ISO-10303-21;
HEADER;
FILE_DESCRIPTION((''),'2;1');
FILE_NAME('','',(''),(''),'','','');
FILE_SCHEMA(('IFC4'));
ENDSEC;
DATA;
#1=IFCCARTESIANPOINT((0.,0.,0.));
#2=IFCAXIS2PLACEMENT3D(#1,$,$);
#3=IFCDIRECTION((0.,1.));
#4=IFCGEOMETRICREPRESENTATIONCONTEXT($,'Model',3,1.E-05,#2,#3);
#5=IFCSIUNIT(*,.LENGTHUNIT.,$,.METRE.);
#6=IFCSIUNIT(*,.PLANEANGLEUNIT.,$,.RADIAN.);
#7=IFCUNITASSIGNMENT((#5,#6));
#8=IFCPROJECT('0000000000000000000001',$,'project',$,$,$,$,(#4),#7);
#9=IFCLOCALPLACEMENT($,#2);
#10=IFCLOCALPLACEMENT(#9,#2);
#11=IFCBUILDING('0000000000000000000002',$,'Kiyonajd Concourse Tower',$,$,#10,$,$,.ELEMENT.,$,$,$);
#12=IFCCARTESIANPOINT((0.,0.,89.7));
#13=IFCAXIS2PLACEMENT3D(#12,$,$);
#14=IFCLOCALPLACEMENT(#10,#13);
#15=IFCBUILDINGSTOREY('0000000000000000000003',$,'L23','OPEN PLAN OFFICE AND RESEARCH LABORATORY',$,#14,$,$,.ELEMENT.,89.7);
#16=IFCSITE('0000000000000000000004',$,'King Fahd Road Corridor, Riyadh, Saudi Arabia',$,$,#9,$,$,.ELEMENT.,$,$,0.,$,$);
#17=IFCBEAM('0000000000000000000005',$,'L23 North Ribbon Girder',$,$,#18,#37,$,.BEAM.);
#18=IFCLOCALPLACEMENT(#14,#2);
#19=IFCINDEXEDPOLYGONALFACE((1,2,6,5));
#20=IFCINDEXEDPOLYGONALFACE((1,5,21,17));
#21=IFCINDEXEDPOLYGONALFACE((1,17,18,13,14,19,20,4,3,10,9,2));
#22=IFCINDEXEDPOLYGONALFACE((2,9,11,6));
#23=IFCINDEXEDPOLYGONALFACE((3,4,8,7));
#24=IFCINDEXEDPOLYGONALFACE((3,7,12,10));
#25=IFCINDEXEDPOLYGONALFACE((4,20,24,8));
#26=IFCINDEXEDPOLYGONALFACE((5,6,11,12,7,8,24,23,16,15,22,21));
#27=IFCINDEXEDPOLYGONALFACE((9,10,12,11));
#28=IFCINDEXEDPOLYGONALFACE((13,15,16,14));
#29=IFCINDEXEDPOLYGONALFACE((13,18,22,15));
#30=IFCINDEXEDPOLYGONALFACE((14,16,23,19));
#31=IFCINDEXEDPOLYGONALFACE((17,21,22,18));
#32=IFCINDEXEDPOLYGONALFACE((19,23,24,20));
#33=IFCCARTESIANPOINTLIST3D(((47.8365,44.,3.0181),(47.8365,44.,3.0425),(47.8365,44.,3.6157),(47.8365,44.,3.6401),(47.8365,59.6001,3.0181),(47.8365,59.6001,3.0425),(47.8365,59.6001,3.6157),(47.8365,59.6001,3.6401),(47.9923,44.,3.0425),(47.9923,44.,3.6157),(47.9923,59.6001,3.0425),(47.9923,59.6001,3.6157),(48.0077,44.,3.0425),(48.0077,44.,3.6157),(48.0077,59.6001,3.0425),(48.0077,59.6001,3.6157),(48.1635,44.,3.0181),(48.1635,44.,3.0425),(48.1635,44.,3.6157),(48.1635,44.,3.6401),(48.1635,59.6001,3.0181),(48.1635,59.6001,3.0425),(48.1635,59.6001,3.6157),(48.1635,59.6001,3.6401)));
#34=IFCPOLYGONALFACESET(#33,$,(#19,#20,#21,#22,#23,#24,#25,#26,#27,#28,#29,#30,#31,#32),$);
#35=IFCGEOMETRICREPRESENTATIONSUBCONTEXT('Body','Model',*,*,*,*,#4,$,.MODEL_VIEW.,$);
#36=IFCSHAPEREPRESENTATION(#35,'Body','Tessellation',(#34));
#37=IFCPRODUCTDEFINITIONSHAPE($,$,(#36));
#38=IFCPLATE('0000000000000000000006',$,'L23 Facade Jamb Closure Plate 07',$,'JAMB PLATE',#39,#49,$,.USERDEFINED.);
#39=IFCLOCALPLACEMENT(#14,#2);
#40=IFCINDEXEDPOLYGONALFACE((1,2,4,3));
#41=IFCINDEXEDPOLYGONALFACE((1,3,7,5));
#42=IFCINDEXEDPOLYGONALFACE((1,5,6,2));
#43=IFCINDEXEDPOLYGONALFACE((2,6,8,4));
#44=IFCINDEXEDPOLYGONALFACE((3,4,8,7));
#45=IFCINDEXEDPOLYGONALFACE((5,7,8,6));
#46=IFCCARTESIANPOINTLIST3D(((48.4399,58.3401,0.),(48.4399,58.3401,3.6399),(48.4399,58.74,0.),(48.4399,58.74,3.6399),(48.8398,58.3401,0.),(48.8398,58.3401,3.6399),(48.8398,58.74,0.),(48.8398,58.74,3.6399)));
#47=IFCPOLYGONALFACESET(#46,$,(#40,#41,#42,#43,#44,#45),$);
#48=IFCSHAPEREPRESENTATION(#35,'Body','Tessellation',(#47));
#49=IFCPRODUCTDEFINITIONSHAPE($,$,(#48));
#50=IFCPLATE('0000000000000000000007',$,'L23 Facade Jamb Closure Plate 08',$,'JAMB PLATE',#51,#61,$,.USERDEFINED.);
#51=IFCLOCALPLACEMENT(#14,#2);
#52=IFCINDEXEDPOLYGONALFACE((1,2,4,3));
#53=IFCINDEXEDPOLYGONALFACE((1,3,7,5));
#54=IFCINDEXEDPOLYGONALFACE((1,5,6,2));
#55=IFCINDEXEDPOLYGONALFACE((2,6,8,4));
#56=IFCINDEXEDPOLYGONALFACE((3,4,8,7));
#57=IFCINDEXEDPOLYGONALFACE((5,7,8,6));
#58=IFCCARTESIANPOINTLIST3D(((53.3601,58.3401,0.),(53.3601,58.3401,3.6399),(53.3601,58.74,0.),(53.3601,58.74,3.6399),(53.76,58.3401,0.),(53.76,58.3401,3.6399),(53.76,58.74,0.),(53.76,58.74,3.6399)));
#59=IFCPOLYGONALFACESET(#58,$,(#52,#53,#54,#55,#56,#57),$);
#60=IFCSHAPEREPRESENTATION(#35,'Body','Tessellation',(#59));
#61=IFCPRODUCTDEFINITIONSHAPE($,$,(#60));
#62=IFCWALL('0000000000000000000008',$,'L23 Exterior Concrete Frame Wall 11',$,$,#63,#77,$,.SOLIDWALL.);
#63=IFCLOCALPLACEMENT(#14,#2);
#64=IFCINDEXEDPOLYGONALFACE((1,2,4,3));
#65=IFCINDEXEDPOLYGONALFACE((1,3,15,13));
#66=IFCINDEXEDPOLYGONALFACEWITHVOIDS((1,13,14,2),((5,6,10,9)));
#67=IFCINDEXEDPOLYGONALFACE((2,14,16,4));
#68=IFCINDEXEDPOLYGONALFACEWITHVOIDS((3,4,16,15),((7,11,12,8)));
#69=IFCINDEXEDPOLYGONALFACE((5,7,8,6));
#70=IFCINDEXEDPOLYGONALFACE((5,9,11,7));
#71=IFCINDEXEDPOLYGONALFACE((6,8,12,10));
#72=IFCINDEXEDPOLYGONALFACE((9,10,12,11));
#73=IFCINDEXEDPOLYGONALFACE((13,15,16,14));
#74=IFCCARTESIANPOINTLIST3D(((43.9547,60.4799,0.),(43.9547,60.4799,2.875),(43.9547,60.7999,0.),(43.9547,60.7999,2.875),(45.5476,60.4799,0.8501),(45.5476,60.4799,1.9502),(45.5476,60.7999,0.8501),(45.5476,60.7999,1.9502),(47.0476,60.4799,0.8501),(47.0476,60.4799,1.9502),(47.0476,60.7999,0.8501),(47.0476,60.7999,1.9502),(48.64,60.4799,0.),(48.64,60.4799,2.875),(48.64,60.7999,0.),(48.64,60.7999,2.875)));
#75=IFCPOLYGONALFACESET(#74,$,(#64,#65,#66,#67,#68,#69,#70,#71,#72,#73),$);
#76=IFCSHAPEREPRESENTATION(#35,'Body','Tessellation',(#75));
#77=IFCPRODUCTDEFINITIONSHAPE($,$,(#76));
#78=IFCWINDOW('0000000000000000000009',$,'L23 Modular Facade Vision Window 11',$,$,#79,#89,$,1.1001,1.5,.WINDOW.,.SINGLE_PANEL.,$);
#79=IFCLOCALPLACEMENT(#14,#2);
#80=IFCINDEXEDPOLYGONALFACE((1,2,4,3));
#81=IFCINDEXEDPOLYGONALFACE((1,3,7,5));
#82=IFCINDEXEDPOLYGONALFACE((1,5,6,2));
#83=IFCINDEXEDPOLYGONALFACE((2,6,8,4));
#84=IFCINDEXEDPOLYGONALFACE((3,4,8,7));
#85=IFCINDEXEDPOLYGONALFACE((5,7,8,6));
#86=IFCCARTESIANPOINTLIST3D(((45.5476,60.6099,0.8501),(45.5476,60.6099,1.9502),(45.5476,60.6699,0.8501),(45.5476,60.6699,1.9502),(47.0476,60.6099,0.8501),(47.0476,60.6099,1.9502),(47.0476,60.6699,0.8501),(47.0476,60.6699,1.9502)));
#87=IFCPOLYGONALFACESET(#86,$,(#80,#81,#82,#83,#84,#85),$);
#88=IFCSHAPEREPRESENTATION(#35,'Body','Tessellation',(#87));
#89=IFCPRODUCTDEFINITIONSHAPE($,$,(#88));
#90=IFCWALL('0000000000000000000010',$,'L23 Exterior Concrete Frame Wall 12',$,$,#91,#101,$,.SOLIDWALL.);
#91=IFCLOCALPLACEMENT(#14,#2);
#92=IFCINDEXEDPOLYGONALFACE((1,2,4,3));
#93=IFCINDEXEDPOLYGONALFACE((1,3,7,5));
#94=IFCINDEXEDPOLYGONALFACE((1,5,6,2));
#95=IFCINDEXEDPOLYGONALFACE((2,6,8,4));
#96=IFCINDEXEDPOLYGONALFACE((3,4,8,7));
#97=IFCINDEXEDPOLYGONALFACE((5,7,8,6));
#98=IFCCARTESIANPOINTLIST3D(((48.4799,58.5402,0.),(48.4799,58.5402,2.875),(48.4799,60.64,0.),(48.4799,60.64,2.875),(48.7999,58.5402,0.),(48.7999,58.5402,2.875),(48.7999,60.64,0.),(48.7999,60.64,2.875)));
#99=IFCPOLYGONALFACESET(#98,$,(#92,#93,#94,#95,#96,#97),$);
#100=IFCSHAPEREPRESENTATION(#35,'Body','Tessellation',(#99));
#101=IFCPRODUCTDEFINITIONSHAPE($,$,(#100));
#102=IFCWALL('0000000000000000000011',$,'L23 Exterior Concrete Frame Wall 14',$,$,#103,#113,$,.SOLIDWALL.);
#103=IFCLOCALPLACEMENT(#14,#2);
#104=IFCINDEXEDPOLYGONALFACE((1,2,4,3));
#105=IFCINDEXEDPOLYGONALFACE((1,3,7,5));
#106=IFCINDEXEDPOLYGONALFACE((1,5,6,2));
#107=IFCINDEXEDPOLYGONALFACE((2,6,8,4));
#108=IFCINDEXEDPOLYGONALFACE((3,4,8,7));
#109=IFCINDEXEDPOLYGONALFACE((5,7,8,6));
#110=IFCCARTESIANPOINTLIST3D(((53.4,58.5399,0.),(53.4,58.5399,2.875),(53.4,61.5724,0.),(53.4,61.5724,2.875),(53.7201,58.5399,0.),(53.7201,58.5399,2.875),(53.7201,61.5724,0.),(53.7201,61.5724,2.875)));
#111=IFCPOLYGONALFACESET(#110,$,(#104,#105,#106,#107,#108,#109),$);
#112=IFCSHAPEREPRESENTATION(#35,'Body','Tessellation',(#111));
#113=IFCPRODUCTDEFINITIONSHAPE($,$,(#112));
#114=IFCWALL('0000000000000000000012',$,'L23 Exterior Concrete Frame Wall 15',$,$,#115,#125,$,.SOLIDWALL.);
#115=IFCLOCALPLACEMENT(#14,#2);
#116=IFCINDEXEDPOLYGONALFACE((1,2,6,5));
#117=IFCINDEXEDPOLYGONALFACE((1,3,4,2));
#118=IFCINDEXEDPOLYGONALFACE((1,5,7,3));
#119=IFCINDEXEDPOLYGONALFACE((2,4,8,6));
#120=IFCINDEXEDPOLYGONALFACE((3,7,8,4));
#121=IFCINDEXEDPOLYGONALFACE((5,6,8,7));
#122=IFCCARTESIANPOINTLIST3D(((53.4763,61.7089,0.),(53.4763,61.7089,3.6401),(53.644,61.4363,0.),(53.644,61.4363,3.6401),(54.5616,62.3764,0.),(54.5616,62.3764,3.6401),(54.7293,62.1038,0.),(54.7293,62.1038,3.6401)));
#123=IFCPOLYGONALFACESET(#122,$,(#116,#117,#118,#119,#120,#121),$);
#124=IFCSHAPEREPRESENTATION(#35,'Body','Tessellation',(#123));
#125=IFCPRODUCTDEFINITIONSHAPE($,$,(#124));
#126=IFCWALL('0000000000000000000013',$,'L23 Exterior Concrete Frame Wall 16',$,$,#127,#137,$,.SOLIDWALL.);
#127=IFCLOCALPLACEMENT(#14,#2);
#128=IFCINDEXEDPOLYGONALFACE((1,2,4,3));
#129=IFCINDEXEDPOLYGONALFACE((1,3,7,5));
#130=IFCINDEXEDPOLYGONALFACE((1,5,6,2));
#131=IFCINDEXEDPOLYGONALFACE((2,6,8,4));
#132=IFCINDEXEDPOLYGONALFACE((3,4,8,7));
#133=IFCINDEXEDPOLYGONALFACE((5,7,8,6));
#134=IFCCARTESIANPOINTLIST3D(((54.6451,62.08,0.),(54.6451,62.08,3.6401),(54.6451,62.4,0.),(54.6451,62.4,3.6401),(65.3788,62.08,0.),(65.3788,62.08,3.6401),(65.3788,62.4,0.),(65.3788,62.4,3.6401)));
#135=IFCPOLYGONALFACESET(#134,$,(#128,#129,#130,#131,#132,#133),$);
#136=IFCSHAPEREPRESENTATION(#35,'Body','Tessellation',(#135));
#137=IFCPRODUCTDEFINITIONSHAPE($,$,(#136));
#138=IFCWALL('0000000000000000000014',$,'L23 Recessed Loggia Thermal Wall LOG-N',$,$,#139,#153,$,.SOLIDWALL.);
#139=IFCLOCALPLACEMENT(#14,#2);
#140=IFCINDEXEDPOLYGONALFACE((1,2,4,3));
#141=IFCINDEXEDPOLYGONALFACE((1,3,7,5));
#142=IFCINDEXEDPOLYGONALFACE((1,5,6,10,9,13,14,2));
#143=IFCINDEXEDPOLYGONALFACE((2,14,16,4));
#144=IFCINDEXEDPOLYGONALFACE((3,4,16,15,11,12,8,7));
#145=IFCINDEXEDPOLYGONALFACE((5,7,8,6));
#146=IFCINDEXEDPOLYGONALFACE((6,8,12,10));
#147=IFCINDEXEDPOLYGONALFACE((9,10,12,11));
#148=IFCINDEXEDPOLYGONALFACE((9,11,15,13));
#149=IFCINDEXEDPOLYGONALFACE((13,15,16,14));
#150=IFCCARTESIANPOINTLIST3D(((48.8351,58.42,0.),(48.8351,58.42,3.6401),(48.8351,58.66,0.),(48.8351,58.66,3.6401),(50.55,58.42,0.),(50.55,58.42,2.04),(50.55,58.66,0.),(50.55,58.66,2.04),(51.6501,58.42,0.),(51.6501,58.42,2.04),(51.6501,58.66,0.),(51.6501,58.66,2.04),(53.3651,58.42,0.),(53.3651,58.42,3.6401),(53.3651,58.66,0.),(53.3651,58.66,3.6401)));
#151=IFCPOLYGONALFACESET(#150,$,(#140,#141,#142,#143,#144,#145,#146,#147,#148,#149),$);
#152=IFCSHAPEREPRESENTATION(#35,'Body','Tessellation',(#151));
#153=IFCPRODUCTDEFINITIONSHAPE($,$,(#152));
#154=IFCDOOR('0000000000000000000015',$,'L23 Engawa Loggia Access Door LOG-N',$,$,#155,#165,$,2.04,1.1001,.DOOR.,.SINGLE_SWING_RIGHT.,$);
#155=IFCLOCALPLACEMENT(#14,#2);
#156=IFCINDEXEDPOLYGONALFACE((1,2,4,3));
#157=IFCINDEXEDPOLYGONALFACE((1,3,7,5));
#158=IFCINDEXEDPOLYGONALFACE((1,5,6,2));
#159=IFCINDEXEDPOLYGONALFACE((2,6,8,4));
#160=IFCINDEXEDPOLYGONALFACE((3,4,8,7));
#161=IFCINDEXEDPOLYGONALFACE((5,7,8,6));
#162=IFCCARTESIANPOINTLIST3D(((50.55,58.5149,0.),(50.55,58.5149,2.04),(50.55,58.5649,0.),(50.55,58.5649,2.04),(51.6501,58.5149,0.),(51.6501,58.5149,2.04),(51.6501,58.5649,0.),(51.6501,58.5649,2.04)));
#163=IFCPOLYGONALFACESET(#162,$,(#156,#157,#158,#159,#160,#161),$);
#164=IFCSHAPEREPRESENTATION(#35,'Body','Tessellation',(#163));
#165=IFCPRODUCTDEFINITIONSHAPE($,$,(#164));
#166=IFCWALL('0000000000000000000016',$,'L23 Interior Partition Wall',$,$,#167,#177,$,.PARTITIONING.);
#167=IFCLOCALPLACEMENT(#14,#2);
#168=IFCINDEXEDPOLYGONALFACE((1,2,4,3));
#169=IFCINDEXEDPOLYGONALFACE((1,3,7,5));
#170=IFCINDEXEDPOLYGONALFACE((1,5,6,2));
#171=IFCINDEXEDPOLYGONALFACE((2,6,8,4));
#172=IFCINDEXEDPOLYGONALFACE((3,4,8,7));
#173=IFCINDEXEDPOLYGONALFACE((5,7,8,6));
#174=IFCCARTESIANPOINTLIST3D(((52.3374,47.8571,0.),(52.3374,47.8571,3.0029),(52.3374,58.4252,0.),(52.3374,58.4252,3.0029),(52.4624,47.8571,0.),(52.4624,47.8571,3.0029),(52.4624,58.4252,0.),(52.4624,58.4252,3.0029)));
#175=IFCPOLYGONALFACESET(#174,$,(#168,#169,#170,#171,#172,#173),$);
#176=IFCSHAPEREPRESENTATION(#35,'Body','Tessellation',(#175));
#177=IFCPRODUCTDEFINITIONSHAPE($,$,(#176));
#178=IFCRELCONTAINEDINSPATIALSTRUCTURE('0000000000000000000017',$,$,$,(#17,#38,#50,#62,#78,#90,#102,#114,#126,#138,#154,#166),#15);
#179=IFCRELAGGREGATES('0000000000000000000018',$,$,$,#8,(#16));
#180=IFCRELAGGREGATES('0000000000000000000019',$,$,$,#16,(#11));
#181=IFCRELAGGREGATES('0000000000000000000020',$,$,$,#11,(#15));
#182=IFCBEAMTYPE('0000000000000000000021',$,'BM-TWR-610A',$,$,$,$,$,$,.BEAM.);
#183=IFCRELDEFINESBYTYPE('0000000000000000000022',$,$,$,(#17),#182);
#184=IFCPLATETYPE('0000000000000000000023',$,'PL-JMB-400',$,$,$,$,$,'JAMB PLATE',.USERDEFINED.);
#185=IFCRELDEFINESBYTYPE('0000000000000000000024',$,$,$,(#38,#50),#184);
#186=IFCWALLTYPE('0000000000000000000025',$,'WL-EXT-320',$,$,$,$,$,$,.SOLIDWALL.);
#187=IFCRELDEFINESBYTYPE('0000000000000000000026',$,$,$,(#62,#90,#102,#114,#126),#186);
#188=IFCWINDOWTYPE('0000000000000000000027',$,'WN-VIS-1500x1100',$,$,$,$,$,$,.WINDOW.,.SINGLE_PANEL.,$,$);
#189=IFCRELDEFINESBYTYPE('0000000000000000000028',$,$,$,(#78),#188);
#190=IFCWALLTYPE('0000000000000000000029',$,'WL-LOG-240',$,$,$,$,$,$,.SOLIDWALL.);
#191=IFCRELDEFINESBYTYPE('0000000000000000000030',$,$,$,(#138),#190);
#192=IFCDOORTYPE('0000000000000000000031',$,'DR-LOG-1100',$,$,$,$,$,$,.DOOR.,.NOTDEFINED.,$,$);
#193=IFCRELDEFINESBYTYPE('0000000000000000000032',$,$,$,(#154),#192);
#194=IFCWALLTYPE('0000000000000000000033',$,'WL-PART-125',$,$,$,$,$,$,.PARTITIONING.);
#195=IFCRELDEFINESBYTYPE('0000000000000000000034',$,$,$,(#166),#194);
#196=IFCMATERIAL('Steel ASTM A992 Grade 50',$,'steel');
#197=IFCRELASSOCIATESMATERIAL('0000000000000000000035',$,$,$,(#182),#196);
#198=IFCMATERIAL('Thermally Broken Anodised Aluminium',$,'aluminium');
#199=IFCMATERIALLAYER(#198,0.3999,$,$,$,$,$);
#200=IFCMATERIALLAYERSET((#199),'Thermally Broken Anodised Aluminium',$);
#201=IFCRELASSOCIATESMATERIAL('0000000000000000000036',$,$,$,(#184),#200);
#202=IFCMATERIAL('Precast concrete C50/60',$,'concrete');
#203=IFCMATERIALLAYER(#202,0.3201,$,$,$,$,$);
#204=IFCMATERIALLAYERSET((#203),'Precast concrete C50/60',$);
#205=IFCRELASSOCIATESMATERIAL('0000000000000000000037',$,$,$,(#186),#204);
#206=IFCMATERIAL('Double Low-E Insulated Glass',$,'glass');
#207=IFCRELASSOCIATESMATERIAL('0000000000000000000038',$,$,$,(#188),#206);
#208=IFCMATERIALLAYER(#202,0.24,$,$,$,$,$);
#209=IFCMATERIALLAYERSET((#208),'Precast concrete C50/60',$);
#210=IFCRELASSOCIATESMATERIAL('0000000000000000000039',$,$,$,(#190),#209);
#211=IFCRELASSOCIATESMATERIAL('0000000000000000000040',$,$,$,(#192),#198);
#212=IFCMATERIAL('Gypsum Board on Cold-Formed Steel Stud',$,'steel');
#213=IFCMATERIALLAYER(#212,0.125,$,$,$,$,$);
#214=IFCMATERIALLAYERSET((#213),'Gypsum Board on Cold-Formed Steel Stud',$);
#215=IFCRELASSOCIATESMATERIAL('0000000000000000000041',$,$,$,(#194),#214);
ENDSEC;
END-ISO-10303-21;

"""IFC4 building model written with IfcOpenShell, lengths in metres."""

from ifc_helpers import new_model, si_unit, direction, frame, frame_2d, origin, origin_2d, place, context, subcontext, project, spatial, rectangle, i_section, extrude, material, layer, layer_set, material_profile, profile_set, type_object, element, fill, save


model = new_model("IFC4")

# Units and contexts
model_context = context("Model", 3, precision=1e-05, world=origin(), true_north=direction((0.0, 1.0)))
body_context = subcontext(model_context, "Body", "Model", "MODEL_VIEW")
ifc_project = project(units=[si_unit("LENGTHUNIT", "METRE"), si_unit("PLANEANGLEUNIT", "RADIAN")], contexts=[model_context])

# Site, building, storey
site_placement = place(None, origin())
site = spatial("IfcSite", under=ifc_project, at=site_placement, Name="King Fahd Road Corridor, Riyadh, Saudi Arabia", CompositionType="ELEMENT", RefElevation=0.0)
building_placement = place(site_placement, origin())
building = spatial("IfcBuilding", under=site, at=building_placement, Name="Kiyonajd Concourse Tower", CompositionType="ELEMENT")
storey_placement = place(building_placement, frame((0.0, 0.0, 89.7)))
storey = spatial("IfcBuildingStorey", under=building, at=storey_placement, Name="L23", Description="OPEN PLAN OFFICE AND RESEARCH LABORATORY", CompositionType="ELEMENT", Elevation=89.7)

# Beam
ifc_material_1 = material(Name="Steel ASTM A992 Grade 50", Category="steel")
ifc_material_2 = material(Name="Precast concrete C50/60", Category="concrete")
ifc_material_profile_1 = material_profile(ifc_material_1, i_section(OverallWidth=0.3269, OverallDepth=0.6221, WebThickness=0.0154, FlangeThickness=0.0244, at=origin_2d()), Name="W610X195")
ifc_profile_set_1 = profile_set([ifc_material_profile_1], Name="Steel ASTM A992 Grade 50")
beam_type_1 = type_object("IfcBeamType", Name="BM-TWR-610A", PredefinedType="BEAM", material=ifc_profile_set_1)
beam_1_placement = place(storey_placement, frame((48.0, 44.0, 3.3291), z_axis=(0.0, 1.0, 0.0), x_axis=(-1.0, 0.0, 0.0)))
element("IfcBeam", 1, at=beam_1_placement, inside=storey, type_object=beam_type_1, Name="L23 North Ribbon Girder", PredefinedType="BEAM", context=body_context, shape_type="SweptSolid", body=[
    extrude(i_section(OverallWidth=0.3269, OverallDepth=0.6221, WebThickness=0.0154, FlangeThickness=0.0244, at=origin_2d()), origin(), (0.0, 0.0, 1.0), 15.6001),
])

# Plates
ifc_material_3 = material(Name="Thermally Broken Anodised Aluminium", Category="aluminium")
ifc_layer_1 = layer(ifc_material_3, 0.3999)
ifc_layer_set_1 = layer_set([ifc_layer_1], Name="Thermally Broken Anodised Aluminium")
plate_type = type_object("IfcPlateType", Name="PL-JMB-400", ElementType="JAMB PLATE", PredefinedType="USERDEFINED", material=ifc_layer_set_1)
for number, where, z_axis, x_axis, name in (
    (2, (48.6399, 58.54, 0.0), (0.0, 0.0, 1.0), (1.0, 0.0, 0.0), "L23 Facade Jamb Closure Plate 07"),
    (3, (53.5601, 58.54, 0.0), (0.0, 0.0, 1.0), (1.0, 0.0, 0.0), "L23 Facade Jamb Closure Plate 08"),
):
    element("IfcPlate", number, at=place(storey_placement, frame(where, z_axis=z_axis, x_axis=x_axis)), inside=storey, type_object=plate_type, Name=name, ObjectType="JAMB PLATE", PredefinedType="USERDEFINED", context=body_context, shape_type="SweptSolid", body=[
        extrude(rectangle(XDim=0.3999, YDim=0.3999, at=origin_2d()), origin(), (0.0, 0.0, 1.0), 3.6399),
    ])

# Wall, opening, window
ifc_layer_2 = layer(ifc_material_2, 0.3201)
ifc_layer_set_2 = layer_set([ifc_layer_2], Name="Precast concrete C50/60")
wall_type_1 = type_object("IfcWallType", Name="WL-EXT-320", PredefinedType="SOLIDWALL", material=ifc_layer_set_2)
wall_1_placement = place(storey_placement, frame((43.9546, 60.6399, 0.0), z_axis=(0.0, 0.0, 1.0), x_axis=(1.0, 0.0, 0.0)))
wall_1 = element("IfcWall", 4, at=wall_1_placement, inside=storey, type_object=wall_type_1, Name="L23 Exterior Concrete Frame Wall 11", PredefinedType="SOLIDWALL", context=body_context, shape_type="SweptSolid", body=[
    extrude(rectangle(XDim=4.6853, YDim=0.3201, at=frame_2d((2.3428, 0.0))), origin(), (0.0, 0.0, 1.0), 2.875),
])
opening_1_placement = place(wall_1_placement, frame((1.593, 0.0, 0.8501)))
opening_1 = element("IfcOpeningElement", 5, at=opening_1_placement, cuts=wall_1, PredefinedType="OPENING", context=body_context, shape_type="SweptSolid", body=[
    extrude(rectangle(XDim=1.5, YDim=1.1001, at=frame_2d((0.75, 0.55))), frame((0.0, 0.1699, 0.0), z_axis=(0.0, -1.0, 0.0), x_axis=(1.0, 0.0, 0.0)), (0.0, 0.0, 1.0), 0.3401),
])
ifc_material_4 = material(Name="Double Low-E Insulated Glass", Category="glass")
window_type = type_object("IfcWindowType", Name="WN-VIS-1500x1100", PartitioningType="SINGLE_PANEL", PredefinedType="WINDOW", material=ifc_material_4)
window_placement = place(opening_1_placement, origin())
window = element("IfcWindow", 6, at=window_placement, inside=storey, type_object=window_type, Name="L23 Modular Facade Vision Window 11", OverallHeight=1.1001, OverallWidth=1.5, PartitioningType="SINGLE_PANEL", PredefinedType="WINDOW", context=body_context, shape_type="SweptSolid", body=[
    extrude(rectangle(XDim=1.5, YDim=1.1001, at=frame_2d((0.75, 0.55))), frame((0.0, 0.03, 0.0), z_axis=(0.0, -1.0, 0.0), x_axis=(1.0, 0.0, 0.0)), (0.0, 0.0, 1.0), 0.0601),
])
fill(opening_1, window)

# Walls
wall_2_placement = place(storey_placement, frame((48.6399, 60.6399, 0.0), z_axis=(0.0, 0.0, 1.0), x_axis=(0.0, -1.0, 0.0)))
element("IfcWall", 7, at=wall_2_placement, inside=storey, type_object=wall_type_1, Name="L23 Exterior Concrete Frame Wall 12", PredefinedType="SOLIDWALL", context=body_context, shape_type="SweptSolid", body=[
    extrude(rectangle(XDim=2.0999, YDim=0.3201, at=frame_2d((1.0498, 0.0))), origin(), (0.0, 0.0, 1.0), 2.875),
])
wall_3_placement = place(storey_placement, frame((53.5601, 58.54, 0.0), z_axis=(0.0, 0.0, 1.0), x_axis=(0.0, 1.0, 0.0)))
element("IfcWall", 8, at=wall_3_placement, inside=storey, type_object=wall_type_1, Name="L23 Exterior Concrete Frame Wall 14", PredefinedType="SOLIDWALL", context=body_context, shape_type="SweptSolid", body=[
    extrude(rectangle(XDim=3.0325, YDim=0.3201, at=frame_2d((1.5161, 0.0))), origin(), (0.0, 0.0, 1.0), 2.875),
])
wall_4_placement = place(storey_placement, frame((53.5601, 61.5725, 0.0), z_axis=(0.0, 0.0, 1.0), x_axis=(0.851777, 0.523905, 0.0)))
element("IfcWall", 9, at=wall_4_placement, inside=storey, type_object=wall_type_1, Name="L23 Exterior Concrete Frame Wall 15", PredefinedType="SOLIDWALL", context=body_context, shape_type="SweptSolid", body=[
    extrude(rectangle(XDim=1.2742, YDim=0.3201, at=frame_2d((0.6372, 0.0))), origin(), (0.0, 0.0, 1.0), 3.6401),
])
wall_5_placement = place(storey_placement, frame((54.6453, 62.24, 0.0), z_axis=(0.0, 0.0, 1.0), x_axis=(1.0, 0.0, 0.0)))
element("IfcWall", 10, at=wall_5_placement, inside=storey, type_object=wall_type_1, Name="L23 Exterior Concrete Frame Wall 16", PredefinedType="SOLIDWALL", context=body_context, shape_type="SweptSolid", body=[
    extrude(rectangle(XDim=10.7336, YDim=0.3201, at=frame_2d((5.3667, 0.0))), origin(), (0.0, 0.0, 1.0), 3.6401),
])

# Wall, opening, door
ifc_layer_3 = layer(ifc_material_2, 0.24)
ifc_layer_set_3 = layer_set([ifc_layer_3], Name="Precast concrete C50/60")
wall_type_2 = type_object("IfcWallType", Name="WL-LOG-240", PredefinedType="SOLIDWALL", material=ifc_layer_set_3)
wall_6_placement = place(storey_placement, frame((48.835, 58.54, 0.0), z_axis=(0.0, 0.0, 1.0), x_axis=(1.0, 0.0, 0.0)))
wall_6 = element("IfcWall", 11, at=wall_6_placement, inside=storey, type_object=wall_type_2, Name="L23 Recessed Loggia Thermal Wall LOG-N", PredefinedType="SOLIDWALL", context=body_context, shape_type="SweptSolid", body=[
    extrude(rectangle(XDim=4.53, YDim=0.24, at=frame_2d((2.2651, 0.0))), origin(), (0.0, 0.0, 1.0), 3.6401),
])
opening_2_placement = place(wall_6_placement, frame((1.7151, 0.0, 0.0)))
opening_2 = element("IfcOpeningElement", 12, at=opening_2_placement, cuts=wall_6, PredefinedType="OPENING", context=body_context, shape_type="SweptSolid", body=[
    extrude(rectangle(XDim=1.1001, YDim=2.04, at=frame_2d((0.55, 1.02))), frame((0.0, 0.1299, 0.0), z_axis=(0.0, -1.0, 0.0), x_axis=(1.0, 0.0, 0.0)), (0.0, 0.0, 1.0), 0.26),
])
door_type = type_object("IfcDoorType", Name="DR-LOG-1100", OperationType="NOTDEFINED", PredefinedType="DOOR", material=ifc_material_3)
door_placement = place(opening_2_placement, origin())
door = element("IfcDoor", 13, at=door_placement, inside=storey, type_object=door_type, Name="L23 Engawa Loggia Access Door LOG-N", OperationType="SINGLE_SWING_RIGHT", OverallHeight=2.04, OverallWidth=1.1001, PredefinedType="DOOR", context=body_context, shape_type="SweptSolid", body=[
    extrude(rectangle(XDim=1.1001, YDim=2.04, at=frame_2d((0.55, 1.02))), frame((0.0, 0.0249, 0.0), z_axis=(0.0, -1.0, 0.0), x_axis=(1.0, 0.0, 0.0)), (0.0, 0.0, 1.0), 0.05),
])
fill(opening_2, door)

# Wall
ifc_material_5 = material(Name="Gypsum Board on Cold-Formed Steel Stud", Category="steel")
ifc_layer_4 = layer(ifc_material_5, 0.125)
ifc_layer_set_4 = layer_set([ifc_layer_4], Name="Gypsum Board on Cold-Formed Steel Stud")
wall_type_3 = type_object("IfcWallType", Name="WL-PART-125", PredefinedType="PARTITIONING", material=ifc_layer_set_4)
wall_7_placement = place(storey_placement, frame((52.3999, 47.8569, 0.0), z_axis=(0.0, 0.0, 1.0), x_axis=(0.0, 1.0, 0.0)))
element("IfcWall", 14, at=wall_7_placement, inside=storey, type_object=wall_type_3, Name="L23 Interior Partition Wall", PredefinedType="PARTITIONING", context=body_context, shape_type="SweptSolid", body=[
    extrude(rectangle(XDim=10.5681, YDim=0.125, at=frame_2d((5.2842, 0.0))), origin(), (0.0, 0.0, 1.0), 3.0029),
])

save(model, "model.ifc")
